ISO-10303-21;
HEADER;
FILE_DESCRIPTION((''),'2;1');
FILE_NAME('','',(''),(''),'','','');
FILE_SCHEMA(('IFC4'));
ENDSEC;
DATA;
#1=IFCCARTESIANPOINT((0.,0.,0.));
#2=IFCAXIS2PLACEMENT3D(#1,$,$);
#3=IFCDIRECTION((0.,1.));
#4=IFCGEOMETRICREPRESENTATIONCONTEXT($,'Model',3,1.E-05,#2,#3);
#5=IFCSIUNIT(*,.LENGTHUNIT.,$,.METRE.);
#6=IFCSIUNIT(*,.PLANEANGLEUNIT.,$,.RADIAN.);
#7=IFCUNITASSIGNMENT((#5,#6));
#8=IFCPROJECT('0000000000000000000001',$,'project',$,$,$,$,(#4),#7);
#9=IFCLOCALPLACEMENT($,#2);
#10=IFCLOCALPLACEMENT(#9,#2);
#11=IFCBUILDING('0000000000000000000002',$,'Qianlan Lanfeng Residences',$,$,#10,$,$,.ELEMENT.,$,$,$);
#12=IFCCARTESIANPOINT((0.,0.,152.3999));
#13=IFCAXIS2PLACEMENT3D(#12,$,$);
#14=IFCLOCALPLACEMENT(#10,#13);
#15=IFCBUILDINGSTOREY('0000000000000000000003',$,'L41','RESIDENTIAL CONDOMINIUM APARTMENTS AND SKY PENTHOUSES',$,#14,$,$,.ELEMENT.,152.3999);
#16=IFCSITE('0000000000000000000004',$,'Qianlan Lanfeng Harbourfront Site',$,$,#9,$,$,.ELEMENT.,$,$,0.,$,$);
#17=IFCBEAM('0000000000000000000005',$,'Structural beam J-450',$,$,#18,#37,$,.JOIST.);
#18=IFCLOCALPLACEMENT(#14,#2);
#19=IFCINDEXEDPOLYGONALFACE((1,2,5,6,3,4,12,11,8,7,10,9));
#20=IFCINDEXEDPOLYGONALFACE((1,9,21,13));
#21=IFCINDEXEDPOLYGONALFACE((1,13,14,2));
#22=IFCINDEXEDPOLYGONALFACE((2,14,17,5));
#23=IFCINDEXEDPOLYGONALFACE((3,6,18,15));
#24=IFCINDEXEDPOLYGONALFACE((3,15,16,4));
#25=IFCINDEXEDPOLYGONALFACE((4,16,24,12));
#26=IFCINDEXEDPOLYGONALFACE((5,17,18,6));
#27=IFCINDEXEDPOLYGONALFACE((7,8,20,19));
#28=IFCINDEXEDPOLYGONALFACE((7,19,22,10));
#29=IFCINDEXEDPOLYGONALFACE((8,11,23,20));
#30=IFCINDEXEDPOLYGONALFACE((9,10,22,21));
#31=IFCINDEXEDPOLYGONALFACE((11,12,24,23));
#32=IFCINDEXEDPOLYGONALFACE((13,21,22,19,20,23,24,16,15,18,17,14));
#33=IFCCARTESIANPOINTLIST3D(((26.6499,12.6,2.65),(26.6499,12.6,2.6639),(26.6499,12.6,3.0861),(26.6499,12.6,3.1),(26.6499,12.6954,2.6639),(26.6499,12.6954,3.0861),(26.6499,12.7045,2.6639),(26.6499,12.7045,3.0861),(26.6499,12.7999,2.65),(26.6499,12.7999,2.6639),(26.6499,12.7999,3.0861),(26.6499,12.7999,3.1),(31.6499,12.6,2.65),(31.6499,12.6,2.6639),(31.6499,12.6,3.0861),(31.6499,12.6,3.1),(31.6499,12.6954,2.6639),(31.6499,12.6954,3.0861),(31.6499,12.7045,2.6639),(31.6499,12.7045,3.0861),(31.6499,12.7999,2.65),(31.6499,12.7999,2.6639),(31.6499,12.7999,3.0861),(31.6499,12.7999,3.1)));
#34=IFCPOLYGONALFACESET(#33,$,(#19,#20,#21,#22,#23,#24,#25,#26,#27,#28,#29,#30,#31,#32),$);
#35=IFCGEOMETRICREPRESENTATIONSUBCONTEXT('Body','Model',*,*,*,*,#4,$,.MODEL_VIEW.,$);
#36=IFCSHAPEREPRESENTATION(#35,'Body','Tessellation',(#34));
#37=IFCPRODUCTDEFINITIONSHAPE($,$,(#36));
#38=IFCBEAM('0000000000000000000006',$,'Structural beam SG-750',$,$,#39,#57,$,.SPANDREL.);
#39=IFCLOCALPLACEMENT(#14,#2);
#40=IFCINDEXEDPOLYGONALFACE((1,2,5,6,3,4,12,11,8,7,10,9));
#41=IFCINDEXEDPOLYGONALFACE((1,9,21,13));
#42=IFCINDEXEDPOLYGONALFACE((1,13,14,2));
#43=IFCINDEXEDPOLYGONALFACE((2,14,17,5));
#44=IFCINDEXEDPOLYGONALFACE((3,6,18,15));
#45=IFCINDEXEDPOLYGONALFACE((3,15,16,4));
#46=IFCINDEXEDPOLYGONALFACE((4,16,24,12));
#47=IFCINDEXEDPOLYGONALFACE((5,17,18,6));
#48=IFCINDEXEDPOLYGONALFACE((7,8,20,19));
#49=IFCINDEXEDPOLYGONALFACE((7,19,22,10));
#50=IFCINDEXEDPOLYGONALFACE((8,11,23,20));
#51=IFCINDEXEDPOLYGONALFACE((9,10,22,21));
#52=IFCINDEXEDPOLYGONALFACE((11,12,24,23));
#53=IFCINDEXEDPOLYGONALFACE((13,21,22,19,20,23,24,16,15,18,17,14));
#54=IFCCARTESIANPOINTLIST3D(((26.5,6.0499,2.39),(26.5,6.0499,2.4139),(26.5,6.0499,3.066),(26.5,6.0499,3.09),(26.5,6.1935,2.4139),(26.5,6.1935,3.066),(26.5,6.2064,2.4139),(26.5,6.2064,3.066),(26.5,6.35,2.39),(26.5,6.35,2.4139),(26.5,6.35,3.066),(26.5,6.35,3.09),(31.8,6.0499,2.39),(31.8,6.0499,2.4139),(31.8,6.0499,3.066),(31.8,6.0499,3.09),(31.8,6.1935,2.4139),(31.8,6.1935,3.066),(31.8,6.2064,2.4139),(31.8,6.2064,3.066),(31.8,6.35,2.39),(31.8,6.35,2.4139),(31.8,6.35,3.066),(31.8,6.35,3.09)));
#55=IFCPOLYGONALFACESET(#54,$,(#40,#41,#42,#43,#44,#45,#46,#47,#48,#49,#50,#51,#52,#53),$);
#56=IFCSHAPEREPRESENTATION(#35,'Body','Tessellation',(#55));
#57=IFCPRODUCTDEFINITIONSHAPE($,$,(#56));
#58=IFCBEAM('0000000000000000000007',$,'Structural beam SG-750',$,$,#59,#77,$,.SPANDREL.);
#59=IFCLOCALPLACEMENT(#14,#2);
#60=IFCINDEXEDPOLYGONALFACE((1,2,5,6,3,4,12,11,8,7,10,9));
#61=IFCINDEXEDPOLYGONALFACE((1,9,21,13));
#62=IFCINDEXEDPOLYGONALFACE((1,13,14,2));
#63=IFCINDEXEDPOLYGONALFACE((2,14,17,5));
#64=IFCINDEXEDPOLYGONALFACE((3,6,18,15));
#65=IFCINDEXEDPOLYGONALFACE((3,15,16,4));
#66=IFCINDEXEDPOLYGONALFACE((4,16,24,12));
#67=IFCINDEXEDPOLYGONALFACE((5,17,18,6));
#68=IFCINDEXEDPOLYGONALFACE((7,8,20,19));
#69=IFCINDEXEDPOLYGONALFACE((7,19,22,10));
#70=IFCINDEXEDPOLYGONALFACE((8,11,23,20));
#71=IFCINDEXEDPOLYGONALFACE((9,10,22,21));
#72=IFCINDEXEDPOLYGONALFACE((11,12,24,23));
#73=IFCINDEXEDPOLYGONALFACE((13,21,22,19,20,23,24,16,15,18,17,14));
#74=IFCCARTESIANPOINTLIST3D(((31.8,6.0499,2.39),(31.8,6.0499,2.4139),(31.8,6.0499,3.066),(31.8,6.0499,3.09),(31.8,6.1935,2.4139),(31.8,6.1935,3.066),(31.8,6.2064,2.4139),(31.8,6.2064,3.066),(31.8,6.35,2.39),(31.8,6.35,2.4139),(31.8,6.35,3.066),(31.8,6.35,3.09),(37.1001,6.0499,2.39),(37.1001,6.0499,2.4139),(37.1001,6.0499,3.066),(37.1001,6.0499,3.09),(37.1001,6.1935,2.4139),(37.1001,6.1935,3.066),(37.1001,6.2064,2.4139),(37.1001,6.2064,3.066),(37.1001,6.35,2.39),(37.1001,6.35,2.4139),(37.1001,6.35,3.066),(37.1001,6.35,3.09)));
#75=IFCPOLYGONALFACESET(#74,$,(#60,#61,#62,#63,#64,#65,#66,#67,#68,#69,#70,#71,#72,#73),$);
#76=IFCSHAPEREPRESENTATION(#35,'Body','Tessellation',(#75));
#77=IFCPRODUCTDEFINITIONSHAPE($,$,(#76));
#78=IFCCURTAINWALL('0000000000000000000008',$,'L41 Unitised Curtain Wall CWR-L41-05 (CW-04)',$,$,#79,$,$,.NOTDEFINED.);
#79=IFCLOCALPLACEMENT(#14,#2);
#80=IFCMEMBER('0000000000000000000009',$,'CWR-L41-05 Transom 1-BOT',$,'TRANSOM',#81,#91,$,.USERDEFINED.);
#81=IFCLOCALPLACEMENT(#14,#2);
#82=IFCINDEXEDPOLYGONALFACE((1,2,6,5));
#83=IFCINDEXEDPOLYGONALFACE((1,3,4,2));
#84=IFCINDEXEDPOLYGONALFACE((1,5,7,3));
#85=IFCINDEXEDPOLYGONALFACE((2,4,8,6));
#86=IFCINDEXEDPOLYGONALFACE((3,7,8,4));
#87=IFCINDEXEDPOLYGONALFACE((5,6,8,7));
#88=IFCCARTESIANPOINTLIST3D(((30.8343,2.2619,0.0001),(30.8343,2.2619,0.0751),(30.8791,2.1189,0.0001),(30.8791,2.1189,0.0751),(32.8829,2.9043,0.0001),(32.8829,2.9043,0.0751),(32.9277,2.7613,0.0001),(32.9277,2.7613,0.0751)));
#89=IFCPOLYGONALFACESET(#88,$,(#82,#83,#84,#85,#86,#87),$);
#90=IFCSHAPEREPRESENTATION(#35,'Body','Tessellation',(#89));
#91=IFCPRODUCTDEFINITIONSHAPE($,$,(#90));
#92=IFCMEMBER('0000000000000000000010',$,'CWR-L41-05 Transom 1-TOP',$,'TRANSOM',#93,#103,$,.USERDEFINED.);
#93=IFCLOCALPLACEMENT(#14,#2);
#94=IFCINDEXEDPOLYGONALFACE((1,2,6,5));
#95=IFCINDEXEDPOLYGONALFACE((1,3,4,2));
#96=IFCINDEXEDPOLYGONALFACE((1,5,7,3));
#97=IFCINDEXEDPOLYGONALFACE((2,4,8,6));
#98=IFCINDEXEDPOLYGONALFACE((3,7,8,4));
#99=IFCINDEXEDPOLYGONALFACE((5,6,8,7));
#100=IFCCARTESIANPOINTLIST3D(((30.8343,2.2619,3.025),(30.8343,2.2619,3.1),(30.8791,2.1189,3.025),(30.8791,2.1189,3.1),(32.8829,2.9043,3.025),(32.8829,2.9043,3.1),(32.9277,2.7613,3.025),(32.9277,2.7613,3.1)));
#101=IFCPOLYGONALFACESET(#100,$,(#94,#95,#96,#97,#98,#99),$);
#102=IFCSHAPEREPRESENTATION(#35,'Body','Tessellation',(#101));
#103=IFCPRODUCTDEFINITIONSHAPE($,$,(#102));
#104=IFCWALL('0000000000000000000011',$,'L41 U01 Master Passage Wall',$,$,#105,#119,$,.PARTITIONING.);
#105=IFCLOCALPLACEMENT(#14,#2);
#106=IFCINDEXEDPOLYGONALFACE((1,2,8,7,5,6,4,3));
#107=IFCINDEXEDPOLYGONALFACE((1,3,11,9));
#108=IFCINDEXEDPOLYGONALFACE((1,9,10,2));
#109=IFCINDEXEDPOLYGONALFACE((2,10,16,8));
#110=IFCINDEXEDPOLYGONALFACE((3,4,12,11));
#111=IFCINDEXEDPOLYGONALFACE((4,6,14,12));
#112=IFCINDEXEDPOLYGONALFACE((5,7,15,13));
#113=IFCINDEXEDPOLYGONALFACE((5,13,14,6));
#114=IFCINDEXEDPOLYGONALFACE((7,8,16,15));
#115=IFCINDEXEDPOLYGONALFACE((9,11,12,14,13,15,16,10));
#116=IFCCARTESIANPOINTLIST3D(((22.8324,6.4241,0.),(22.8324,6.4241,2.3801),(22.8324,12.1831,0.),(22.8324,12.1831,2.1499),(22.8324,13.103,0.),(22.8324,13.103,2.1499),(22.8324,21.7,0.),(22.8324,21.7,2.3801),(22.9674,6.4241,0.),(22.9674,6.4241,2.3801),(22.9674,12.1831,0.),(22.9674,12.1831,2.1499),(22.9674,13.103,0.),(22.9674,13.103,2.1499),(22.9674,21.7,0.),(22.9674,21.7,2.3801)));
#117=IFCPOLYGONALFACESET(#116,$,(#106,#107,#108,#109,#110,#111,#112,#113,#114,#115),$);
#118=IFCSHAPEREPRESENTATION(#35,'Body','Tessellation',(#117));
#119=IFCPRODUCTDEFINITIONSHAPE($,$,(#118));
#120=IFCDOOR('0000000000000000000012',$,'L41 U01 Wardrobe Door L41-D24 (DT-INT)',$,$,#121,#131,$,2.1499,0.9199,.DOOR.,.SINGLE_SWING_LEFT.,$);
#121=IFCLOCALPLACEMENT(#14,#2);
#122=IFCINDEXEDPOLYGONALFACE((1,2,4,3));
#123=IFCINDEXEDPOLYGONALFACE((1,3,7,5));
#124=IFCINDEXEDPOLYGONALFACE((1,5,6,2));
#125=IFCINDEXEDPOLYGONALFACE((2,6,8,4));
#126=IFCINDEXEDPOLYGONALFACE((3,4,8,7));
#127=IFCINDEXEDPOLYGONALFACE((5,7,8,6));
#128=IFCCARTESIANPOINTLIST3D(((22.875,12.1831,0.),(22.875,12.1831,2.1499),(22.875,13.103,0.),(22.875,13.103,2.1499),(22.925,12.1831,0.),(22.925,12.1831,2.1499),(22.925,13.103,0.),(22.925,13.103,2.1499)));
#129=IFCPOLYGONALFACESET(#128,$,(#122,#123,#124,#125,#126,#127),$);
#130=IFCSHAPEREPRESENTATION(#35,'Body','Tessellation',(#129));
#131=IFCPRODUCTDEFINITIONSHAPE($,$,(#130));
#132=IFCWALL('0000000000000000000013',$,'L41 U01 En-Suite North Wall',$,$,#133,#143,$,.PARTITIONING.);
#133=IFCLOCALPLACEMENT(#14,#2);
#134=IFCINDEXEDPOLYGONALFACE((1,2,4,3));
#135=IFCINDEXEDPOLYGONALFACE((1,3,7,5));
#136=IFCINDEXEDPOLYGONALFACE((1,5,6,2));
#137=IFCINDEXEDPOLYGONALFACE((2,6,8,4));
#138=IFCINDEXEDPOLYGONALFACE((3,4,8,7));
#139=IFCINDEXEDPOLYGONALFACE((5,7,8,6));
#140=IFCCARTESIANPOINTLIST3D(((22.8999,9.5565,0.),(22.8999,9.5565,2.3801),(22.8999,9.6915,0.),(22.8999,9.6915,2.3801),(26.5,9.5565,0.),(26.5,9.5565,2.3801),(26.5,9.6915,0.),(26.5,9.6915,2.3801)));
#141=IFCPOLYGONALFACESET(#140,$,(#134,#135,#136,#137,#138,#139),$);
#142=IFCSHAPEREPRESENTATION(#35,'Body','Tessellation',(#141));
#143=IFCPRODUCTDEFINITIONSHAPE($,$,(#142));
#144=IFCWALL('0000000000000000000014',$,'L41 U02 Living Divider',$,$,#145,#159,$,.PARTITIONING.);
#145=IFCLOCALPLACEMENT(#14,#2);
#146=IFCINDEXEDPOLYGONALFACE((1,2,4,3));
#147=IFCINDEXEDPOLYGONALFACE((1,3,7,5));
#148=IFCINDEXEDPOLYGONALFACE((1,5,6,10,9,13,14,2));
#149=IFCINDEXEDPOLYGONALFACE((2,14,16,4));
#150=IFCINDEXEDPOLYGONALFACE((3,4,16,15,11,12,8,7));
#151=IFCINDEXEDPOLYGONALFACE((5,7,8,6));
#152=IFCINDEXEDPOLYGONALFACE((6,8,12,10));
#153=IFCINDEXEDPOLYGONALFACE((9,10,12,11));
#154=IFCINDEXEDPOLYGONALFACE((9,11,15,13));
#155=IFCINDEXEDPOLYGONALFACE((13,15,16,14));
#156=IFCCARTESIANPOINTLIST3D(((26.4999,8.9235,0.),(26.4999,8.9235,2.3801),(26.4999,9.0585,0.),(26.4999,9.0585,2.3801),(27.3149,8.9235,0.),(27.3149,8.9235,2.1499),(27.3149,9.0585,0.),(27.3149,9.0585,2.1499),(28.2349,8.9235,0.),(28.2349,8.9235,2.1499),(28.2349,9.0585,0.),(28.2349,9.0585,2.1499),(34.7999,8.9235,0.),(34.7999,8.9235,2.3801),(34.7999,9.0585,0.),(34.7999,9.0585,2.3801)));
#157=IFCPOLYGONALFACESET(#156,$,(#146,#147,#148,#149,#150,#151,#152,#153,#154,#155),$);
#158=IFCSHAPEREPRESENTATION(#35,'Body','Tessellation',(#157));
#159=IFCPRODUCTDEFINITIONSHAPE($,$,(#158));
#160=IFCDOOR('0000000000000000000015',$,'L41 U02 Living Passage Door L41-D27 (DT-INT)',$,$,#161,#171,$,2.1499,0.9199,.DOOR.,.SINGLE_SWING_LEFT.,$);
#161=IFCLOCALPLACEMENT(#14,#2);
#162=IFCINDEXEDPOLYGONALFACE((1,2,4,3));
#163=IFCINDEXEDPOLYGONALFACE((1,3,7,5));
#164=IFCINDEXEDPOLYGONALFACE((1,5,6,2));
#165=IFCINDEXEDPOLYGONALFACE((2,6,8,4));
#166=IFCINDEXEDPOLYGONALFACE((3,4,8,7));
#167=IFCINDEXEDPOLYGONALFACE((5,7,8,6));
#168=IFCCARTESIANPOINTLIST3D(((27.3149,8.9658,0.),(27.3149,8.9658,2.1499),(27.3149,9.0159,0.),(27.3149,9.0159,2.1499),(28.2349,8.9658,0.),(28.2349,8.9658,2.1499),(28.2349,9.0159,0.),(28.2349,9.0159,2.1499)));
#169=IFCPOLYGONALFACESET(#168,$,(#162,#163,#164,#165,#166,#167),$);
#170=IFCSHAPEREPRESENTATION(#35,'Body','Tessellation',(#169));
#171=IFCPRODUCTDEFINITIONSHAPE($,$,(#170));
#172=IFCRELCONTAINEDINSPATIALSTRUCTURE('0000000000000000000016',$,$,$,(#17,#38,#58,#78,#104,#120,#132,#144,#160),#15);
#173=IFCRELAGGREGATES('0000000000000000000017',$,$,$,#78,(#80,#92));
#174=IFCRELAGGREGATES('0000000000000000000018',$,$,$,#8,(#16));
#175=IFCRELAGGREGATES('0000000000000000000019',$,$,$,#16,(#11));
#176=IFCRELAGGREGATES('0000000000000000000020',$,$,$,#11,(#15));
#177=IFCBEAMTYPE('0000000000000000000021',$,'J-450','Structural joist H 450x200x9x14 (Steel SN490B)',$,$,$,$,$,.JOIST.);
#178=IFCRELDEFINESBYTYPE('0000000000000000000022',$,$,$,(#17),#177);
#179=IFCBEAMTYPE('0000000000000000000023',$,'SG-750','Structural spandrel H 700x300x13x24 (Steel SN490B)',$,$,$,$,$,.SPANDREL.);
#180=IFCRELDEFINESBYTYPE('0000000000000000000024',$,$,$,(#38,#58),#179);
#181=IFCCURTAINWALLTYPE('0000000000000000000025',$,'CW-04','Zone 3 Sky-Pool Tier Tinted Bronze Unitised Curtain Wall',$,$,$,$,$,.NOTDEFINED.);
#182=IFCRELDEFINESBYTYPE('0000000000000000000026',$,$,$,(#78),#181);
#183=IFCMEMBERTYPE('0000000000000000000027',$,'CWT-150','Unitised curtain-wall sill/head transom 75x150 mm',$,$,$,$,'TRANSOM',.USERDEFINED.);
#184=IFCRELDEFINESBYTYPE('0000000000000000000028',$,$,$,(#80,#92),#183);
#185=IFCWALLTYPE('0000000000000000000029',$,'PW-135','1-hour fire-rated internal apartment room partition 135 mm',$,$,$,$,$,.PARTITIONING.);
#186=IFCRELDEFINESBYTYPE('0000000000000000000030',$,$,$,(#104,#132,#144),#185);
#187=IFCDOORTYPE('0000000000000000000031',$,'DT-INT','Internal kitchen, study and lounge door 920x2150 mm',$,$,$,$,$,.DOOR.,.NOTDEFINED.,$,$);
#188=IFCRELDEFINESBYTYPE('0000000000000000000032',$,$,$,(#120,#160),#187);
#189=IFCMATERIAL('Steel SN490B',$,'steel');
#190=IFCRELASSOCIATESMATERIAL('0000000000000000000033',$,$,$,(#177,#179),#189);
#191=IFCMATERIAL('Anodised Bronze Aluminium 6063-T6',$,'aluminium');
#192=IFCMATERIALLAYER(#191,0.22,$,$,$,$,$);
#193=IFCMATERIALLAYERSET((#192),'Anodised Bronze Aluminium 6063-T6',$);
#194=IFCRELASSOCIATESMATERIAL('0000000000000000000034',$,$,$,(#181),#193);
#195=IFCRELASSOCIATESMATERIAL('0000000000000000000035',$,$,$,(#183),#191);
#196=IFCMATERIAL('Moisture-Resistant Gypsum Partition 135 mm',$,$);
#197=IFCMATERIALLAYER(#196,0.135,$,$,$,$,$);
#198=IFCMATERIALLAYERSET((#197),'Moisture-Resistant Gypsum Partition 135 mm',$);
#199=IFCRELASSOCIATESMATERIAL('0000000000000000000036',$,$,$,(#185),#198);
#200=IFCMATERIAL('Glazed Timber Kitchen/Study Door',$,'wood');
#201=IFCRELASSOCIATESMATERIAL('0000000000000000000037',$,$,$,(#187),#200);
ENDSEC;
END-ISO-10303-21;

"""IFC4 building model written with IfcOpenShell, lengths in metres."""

from ifc_helpers import new_model, si_unit, direction, frame, frame_2d, origin, origin_2d, place, context, subcontext, project, spatial, rectangle, i_section, extrude, source, transform, mapped, material, layer, layer_set, material_profile, profile_set, type_object, element, fill, aggregate, save


model = new_model("IFC4")

# Units and contexts
model_context = context("Model", 3, precision=1e-05, world=origin(), true_north=direction((0.0, 1.0)))
body_context = subcontext(model_context, "Body", "Model", "MODEL_VIEW")
ifc_project = project(units=[si_unit("LENGTHUNIT", "METRE"), si_unit("PLANEANGLEUNIT", "RADIAN")], contexts=[model_context])

# Site, building, storey
site_placement = place(None, origin())
site = spatial("IfcSite", under=ifc_project, at=site_placement, Name="Qianlan Lanfeng Harbourfront Site", CompositionType="ELEMENT", RefElevation=0.0)
building_placement = place(site_placement, origin())
building = spatial("IfcBuilding", under=site, at=building_placement, Name="Qianlan Lanfeng Residences", CompositionType="ELEMENT")
storey_placement = place(building_placement, frame((0.0, 0.0, 152.3999)))
storey = spatial("IfcBuildingStorey", under=building, at=storey_placement, Name="L41", Description="RESIDENTIAL CONDOMINIUM APARTMENTS AND SKY PENTHOUSES", CompositionType="ELEMENT", Elevation=152.3999)

# Shared definitions
ifc_material_1 = material(Name="Steel SN490B", Category="steel")

# Beams
ifc_material_profile_1 = material_profile(ifc_material_1, i_section(OverallWidth=0.2, OverallDepth=0.45, WebThickness=0.009, FlangeThickness=0.0139, at=origin_2d()), Name="H 450x200x9x14")
ifc_profile_set_1 = profile_set([ifc_material_profile_1], Name="Steel SN490B")
beam_type_1 = type_object("IfcBeamType", Name="J-450", Description="Structural joist H 450x200x9x14 (Steel SN490B)", PredefinedType="JOIST", material=ifc_profile_set_1)
beam_1_placement = place(storey_placement, frame((26.6499, 12.7, 2.875), z_axis=(1.0, 0.0, 0.0), x_axis=(0.0, 1.0, 0.0)))
element("IfcBeam", 1, at=beam_1_placement, inside=storey, type_object=beam_type_1, Name="Structural beam J-450", PredefinedType="JOIST", context=body_context, shape_type="SweptSolid", body=[
    extrude(i_section(OverallWidth=0.2, OverallDepth=0.45, WebThickness=0.009, FlangeThickness=0.0139, at=origin_2d()), origin(), (0.0, 0.0, 1.0), 5.0),
])
ifc_material_profile_2 = material_profile(ifc_material_1, i_section(OverallWidth=0.3, OverallDepth=0.7, WebThickness=0.0129, FlangeThickness=0.0239, at=origin_2d()), Name="H 700x300x13x24")
ifc_profile_set_2 = profile_set([ifc_material_profile_2], Name="Steel SN490B")
beam_type_2 = type_object("IfcBeamType", Name="SG-750", Description="Structural spandrel H 700x300x13x24 (Steel SN490B)", PredefinedType="SPANDREL", material=ifc_profile_set_2)
for number, where, z_axis, x_axis, name in (
    (2, (26.5, 6.2, 2.74), (1.0, 0.0, 0.0), (0.0, 1.0, 0.0), "Structural beam SG-750"),
    (3, (31.8, 6.2, 2.74), (1.0, 0.0, 0.0), (0.0, 1.0, 0.0), "Structural beam SG-750"),
):
    element("IfcBeam", number, at=place(storey_placement, frame(where, z_axis=z_axis, x_axis=x_axis)), inside=storey, type_object=beam_type_2, Name=name, PredefinedType="SPANDREL", context=body_context, shape_type="SweptSolid", body=[
        extrude(i_section(OverallWidth=0.3, OverallDepth=0.7, WebThickness=0.0129, FlangeThickness=0.0239, at=origin_2d()), origin(), (0.0, 0.0, 1.0), 5.3),
    ])

# Curtain wall, members
ifc_material_2 = material(Name="Anodised Bronze Aluminium 6063-T6", Category="aluminium")
ifc_layer_1 = layer(ifc_material_2, 0.22)
ifc_layer_set_1 = layer_set([ifc_layer_1], Name="Anodised Bronze Aluminium 6063-T6")
curtain_wall_type = type_object("IfcCurtainWallType", Name="CW-04", Description="Zone 3 Sky-Pool Tier Tinted Bronze Unitised Curtain Wall", PredefinedType="NOTDEFINED", material=ifc_layer_set_1)
curtain_wall_placement = place(storey_placement, origin())
curtain_wall = element("IfcCurtainWall", 4, at=curtain_wall_placement, inside=storey, type_object=curtain_wall_type, Name="L41 Unitised Curtain Wall CWR-L41-05 (CW-04)", PredefinedType="NOTDEFINED")
ifc_material_profile_3 = material_profile(ifc_material_2, rectangle(XDim=0.075, YDim=0.1499, at=origin_2d()), Name="ALU TRANSOM 75x150")
ifc_profile_set_3 = profile_set([ifc_material_profile_3], Name="Anodised Bronze Aluminium 6063-T6")
member_type = type_object("IfcMemberType", Name="CWT-150", Description="Unitised curtain-wall sill/head transom 75x150 mm", ElementType="TRANSOM", PredefinedType="USERDEFINED", material=ifc_profile_set_3)
shared_shape = source(origin(), body_context, "Body", "SweptSolid", [
    extrude(rectangle(XDim=0.075, YDim=0.1499, at=origin_2d()), origin(), (0.0, 0.0, 1.0), 2.147),
])
member_1_placement = place(storey_placement, frame((30.8567, 2.1904, 0.0376), z_axis=(0.954194, 0.299188, 0.0), x_axis=(0.0, 0.0, 1.0)))
member_1 = element("IfcMember", 5, at=member_1_placement, type_object=member_type, Name="CWR-L41-05 Transom 1-BOT", ObjectType="TRANSOM", PredefinedType="USERDEFINED", context=body_context, shape_type="MappedRepresentation", body=[
    mapped(shared_shape, transform((0.0, 0.0, 0.0), scale=1.0)),
])
member_2_placement = place(storey_placement, frame((30.8567, 2.1904, 3.0625), z_axis=(0.954194, 0.299188, 0.0), x_axis=(0.0, 0.0, 1.0)))
member_2 = element("IfcMember", 6, at=member_2_placement, type_object=member_type, Name="CWR-L41-05 Transom 1-TOP", ObjectType="TRANSOM", PredefinedType="USERDEFINED", context=body_context, shape_type="MappedRepresentation", body=[
    mapped(shared_shape, transform((0.0, 0.0, 0.0), scale=1.0)),
])
aggregate(curtain_wall, [member_1, member_2])

# Wall, opening, door
ifc_material_3 = material(Name="Moisture-Resistant Gypsum Partition 135 mm")
ifc_layer_2 = layer(ifc_material_3, 0.135)
ifc_layer_set_2 = layer_set([ifc_layer_2], Name="Moisture-Resistant Gypsum Partition 135 mm")
wall_type = type_object("IfcWallType", Name="PW-135", Description="1-hour fire-rated internal apartment room partition 135 mm", PredefinedType="PARTITIONING", material=ifc_layer_set_2)
wall_1_placement = place(storey_placement, frame((22.8999, 6.4241, 0.0), z_axis=(0.0, 0.0, 1.0), x_axis=(0.0, 1.0, 0.0)))
wall_1 = element("IfcWall", 7, at=wall_1_placement, inside=storey, type_object=wall_type, Name="L41 U01 Master Passage Wall", PredefinedType="PARTITIONING", context=body_context, shape_type="SweptSolid", body=[
    extrude(rectangle(XDim=15.2759, YDim=0.135, at=frame_2d((7.6379, 0.0))), origin(), (0.0, 0.0, 1.0), 2.3801),
])
opening_1_placement = place(wall_1_placement, frame((5.759, 0.0, 0.0)))
opening_1 = element("IfcOpeningElement", 8, at=opening_1_placement, cuts=wall_1, PredefinedType="OPENING", context=body_context, shape_type="SweptSolid", body=[
    extrude(rectangle(XDim=0.9199, YDim=2.1499, at=frame_2d((0.46, 1.075))), frame((0.0, 0.0776, 0.0), z_axis=(0.0, -1.0, 0.0), x_axis=(1.0, 0.0, 0.0)), (0.0, 0.0, 1.0), 0.155),
])
ifc_material_4 = material(Name="Glazed Timber Kitchen/Study Door", Category="wood")
door_type_1 = type_object("IfcDoorType", Name="DT-INT", Description="Internal kitchen, study and lounge door 920x2150 mm", OperationType="NOTDEFINED", PredefinedType="DOOR", material=ifc_material_4)
door_1_placement = place(opening_1_placement, origin())
door_1 = element("IfcDoor", 9, at=door_1_placement, inside=storey, type_object=door_type_1, Name="L41 U01 Wardrobe Door L41-D24 (DT-INT)", OperationType="SINGLE_SWING_LEFT", OverallHeight=2.1499, OverallWidth=0.9199, PredefinedType="DOOR", context=body_context, shape_type="SweptSolid", body=[
    extrude(rectangle(XDim=0.9199, YDim=2.1499, at=frame_2d((0.46, 1.075))), frame((0.0, 0.0249, 0.0), z_axis=(0.0, -1.0, 0.0), x_axis=(1.0, 0.0, 0.0)), (0.0, 0.0, 1.0), 0.05),
])
fill(opening_1, door_1)

# Wall
wall_2_placement = place(storey_placement, frame((22.8999, 9.624, 0.0), z_axis=(0.0, 0.0, 1.0), x_axis=(1.0, 0.0, 0.0)))
element("IfcWall", 10, at=wall_2_placement, inside=storey, type_object=wall_type, Name="L41 U01 En-Suite North Wall", PredefinedType="PARTITIONING", context=body_context, shape_type="SweptSolid", body=[
    extrude(rectangle(XDim=3.6001, YDim=0.135, at=frame_2d((1.8, 0.0))), origin(), (0.0, 0.0, 1.0), 2.3801),
])

# Wall, opening, door
wall_3_placement = place(storey_placement, frame((26.5, 8.991, 0.0), z_axis=(0.0, 0.0, 1.0), x_axis=(1.0, 0.0, 0.0)))
wall_3 = element("IfcWall", 11, at=wall_3_placement, inside=storey, type_object=wall_type, Name="L41 U02 Living Divider", PredefinedType="PARTITIONING", context=body_context, shape_type="SweptSolid", body=[
    extrude(rectangle(XDim=8.3, YDim=0.135, at=frame_2d((4.1499, 0.0))), origin(), (0.0, 0.0, 1.0), 2.3801),
])
opening_2_placement = place(wall_3_placement, frame((0.8149, 0.0, 0.0)))
opening_2 = element("IfcOpeningElement", 12, at=opening_2_placement, cuts=wall_3, PredefinedType="OPENING", context=body_context, shape_type="SweptSolid", body=[
    extrude(rectangle(XDim=0.9199, YDim=2.1499, at=frame_2d((0.46, 1.075))), frame((0.0, 0.0776, 0.0), z_axis=(0.0, -1.0, 0.0), x_axis=(1.0, 0.0, 0.0)), (0.0, 0.0, 1.0), 0.155),
])
door_2_placement = place(opening_2_placement, origin())
door_2 = element("IfcDoor", 13, at=door_2_placement, inside=storey, type_object=door_type_1, Name="L41 U02 Living Passage Door L41-D27 (DT-INT)", OperationType="SINGLE_SWING_LEFT", OverallHeight=2.1499, OverallWidth=0.9199, PredefinedType="DOOR", context=body_context, shape_type="SweptSolid", body=[
    extrude(rectangle(XDim=0.9199, YDim=2.1499, at=frame_2d((0.46, 1.075))), frame((0.0, 0.0249, 0.0), z_axis=(0.0, -1.0, 0.0), x_axis=(1.0, 0.0, 0.0)), (0.0, 0.0, 1.0), 0.05),
])
fill(opening_2, door_2)

save(model, "model.ifc")
